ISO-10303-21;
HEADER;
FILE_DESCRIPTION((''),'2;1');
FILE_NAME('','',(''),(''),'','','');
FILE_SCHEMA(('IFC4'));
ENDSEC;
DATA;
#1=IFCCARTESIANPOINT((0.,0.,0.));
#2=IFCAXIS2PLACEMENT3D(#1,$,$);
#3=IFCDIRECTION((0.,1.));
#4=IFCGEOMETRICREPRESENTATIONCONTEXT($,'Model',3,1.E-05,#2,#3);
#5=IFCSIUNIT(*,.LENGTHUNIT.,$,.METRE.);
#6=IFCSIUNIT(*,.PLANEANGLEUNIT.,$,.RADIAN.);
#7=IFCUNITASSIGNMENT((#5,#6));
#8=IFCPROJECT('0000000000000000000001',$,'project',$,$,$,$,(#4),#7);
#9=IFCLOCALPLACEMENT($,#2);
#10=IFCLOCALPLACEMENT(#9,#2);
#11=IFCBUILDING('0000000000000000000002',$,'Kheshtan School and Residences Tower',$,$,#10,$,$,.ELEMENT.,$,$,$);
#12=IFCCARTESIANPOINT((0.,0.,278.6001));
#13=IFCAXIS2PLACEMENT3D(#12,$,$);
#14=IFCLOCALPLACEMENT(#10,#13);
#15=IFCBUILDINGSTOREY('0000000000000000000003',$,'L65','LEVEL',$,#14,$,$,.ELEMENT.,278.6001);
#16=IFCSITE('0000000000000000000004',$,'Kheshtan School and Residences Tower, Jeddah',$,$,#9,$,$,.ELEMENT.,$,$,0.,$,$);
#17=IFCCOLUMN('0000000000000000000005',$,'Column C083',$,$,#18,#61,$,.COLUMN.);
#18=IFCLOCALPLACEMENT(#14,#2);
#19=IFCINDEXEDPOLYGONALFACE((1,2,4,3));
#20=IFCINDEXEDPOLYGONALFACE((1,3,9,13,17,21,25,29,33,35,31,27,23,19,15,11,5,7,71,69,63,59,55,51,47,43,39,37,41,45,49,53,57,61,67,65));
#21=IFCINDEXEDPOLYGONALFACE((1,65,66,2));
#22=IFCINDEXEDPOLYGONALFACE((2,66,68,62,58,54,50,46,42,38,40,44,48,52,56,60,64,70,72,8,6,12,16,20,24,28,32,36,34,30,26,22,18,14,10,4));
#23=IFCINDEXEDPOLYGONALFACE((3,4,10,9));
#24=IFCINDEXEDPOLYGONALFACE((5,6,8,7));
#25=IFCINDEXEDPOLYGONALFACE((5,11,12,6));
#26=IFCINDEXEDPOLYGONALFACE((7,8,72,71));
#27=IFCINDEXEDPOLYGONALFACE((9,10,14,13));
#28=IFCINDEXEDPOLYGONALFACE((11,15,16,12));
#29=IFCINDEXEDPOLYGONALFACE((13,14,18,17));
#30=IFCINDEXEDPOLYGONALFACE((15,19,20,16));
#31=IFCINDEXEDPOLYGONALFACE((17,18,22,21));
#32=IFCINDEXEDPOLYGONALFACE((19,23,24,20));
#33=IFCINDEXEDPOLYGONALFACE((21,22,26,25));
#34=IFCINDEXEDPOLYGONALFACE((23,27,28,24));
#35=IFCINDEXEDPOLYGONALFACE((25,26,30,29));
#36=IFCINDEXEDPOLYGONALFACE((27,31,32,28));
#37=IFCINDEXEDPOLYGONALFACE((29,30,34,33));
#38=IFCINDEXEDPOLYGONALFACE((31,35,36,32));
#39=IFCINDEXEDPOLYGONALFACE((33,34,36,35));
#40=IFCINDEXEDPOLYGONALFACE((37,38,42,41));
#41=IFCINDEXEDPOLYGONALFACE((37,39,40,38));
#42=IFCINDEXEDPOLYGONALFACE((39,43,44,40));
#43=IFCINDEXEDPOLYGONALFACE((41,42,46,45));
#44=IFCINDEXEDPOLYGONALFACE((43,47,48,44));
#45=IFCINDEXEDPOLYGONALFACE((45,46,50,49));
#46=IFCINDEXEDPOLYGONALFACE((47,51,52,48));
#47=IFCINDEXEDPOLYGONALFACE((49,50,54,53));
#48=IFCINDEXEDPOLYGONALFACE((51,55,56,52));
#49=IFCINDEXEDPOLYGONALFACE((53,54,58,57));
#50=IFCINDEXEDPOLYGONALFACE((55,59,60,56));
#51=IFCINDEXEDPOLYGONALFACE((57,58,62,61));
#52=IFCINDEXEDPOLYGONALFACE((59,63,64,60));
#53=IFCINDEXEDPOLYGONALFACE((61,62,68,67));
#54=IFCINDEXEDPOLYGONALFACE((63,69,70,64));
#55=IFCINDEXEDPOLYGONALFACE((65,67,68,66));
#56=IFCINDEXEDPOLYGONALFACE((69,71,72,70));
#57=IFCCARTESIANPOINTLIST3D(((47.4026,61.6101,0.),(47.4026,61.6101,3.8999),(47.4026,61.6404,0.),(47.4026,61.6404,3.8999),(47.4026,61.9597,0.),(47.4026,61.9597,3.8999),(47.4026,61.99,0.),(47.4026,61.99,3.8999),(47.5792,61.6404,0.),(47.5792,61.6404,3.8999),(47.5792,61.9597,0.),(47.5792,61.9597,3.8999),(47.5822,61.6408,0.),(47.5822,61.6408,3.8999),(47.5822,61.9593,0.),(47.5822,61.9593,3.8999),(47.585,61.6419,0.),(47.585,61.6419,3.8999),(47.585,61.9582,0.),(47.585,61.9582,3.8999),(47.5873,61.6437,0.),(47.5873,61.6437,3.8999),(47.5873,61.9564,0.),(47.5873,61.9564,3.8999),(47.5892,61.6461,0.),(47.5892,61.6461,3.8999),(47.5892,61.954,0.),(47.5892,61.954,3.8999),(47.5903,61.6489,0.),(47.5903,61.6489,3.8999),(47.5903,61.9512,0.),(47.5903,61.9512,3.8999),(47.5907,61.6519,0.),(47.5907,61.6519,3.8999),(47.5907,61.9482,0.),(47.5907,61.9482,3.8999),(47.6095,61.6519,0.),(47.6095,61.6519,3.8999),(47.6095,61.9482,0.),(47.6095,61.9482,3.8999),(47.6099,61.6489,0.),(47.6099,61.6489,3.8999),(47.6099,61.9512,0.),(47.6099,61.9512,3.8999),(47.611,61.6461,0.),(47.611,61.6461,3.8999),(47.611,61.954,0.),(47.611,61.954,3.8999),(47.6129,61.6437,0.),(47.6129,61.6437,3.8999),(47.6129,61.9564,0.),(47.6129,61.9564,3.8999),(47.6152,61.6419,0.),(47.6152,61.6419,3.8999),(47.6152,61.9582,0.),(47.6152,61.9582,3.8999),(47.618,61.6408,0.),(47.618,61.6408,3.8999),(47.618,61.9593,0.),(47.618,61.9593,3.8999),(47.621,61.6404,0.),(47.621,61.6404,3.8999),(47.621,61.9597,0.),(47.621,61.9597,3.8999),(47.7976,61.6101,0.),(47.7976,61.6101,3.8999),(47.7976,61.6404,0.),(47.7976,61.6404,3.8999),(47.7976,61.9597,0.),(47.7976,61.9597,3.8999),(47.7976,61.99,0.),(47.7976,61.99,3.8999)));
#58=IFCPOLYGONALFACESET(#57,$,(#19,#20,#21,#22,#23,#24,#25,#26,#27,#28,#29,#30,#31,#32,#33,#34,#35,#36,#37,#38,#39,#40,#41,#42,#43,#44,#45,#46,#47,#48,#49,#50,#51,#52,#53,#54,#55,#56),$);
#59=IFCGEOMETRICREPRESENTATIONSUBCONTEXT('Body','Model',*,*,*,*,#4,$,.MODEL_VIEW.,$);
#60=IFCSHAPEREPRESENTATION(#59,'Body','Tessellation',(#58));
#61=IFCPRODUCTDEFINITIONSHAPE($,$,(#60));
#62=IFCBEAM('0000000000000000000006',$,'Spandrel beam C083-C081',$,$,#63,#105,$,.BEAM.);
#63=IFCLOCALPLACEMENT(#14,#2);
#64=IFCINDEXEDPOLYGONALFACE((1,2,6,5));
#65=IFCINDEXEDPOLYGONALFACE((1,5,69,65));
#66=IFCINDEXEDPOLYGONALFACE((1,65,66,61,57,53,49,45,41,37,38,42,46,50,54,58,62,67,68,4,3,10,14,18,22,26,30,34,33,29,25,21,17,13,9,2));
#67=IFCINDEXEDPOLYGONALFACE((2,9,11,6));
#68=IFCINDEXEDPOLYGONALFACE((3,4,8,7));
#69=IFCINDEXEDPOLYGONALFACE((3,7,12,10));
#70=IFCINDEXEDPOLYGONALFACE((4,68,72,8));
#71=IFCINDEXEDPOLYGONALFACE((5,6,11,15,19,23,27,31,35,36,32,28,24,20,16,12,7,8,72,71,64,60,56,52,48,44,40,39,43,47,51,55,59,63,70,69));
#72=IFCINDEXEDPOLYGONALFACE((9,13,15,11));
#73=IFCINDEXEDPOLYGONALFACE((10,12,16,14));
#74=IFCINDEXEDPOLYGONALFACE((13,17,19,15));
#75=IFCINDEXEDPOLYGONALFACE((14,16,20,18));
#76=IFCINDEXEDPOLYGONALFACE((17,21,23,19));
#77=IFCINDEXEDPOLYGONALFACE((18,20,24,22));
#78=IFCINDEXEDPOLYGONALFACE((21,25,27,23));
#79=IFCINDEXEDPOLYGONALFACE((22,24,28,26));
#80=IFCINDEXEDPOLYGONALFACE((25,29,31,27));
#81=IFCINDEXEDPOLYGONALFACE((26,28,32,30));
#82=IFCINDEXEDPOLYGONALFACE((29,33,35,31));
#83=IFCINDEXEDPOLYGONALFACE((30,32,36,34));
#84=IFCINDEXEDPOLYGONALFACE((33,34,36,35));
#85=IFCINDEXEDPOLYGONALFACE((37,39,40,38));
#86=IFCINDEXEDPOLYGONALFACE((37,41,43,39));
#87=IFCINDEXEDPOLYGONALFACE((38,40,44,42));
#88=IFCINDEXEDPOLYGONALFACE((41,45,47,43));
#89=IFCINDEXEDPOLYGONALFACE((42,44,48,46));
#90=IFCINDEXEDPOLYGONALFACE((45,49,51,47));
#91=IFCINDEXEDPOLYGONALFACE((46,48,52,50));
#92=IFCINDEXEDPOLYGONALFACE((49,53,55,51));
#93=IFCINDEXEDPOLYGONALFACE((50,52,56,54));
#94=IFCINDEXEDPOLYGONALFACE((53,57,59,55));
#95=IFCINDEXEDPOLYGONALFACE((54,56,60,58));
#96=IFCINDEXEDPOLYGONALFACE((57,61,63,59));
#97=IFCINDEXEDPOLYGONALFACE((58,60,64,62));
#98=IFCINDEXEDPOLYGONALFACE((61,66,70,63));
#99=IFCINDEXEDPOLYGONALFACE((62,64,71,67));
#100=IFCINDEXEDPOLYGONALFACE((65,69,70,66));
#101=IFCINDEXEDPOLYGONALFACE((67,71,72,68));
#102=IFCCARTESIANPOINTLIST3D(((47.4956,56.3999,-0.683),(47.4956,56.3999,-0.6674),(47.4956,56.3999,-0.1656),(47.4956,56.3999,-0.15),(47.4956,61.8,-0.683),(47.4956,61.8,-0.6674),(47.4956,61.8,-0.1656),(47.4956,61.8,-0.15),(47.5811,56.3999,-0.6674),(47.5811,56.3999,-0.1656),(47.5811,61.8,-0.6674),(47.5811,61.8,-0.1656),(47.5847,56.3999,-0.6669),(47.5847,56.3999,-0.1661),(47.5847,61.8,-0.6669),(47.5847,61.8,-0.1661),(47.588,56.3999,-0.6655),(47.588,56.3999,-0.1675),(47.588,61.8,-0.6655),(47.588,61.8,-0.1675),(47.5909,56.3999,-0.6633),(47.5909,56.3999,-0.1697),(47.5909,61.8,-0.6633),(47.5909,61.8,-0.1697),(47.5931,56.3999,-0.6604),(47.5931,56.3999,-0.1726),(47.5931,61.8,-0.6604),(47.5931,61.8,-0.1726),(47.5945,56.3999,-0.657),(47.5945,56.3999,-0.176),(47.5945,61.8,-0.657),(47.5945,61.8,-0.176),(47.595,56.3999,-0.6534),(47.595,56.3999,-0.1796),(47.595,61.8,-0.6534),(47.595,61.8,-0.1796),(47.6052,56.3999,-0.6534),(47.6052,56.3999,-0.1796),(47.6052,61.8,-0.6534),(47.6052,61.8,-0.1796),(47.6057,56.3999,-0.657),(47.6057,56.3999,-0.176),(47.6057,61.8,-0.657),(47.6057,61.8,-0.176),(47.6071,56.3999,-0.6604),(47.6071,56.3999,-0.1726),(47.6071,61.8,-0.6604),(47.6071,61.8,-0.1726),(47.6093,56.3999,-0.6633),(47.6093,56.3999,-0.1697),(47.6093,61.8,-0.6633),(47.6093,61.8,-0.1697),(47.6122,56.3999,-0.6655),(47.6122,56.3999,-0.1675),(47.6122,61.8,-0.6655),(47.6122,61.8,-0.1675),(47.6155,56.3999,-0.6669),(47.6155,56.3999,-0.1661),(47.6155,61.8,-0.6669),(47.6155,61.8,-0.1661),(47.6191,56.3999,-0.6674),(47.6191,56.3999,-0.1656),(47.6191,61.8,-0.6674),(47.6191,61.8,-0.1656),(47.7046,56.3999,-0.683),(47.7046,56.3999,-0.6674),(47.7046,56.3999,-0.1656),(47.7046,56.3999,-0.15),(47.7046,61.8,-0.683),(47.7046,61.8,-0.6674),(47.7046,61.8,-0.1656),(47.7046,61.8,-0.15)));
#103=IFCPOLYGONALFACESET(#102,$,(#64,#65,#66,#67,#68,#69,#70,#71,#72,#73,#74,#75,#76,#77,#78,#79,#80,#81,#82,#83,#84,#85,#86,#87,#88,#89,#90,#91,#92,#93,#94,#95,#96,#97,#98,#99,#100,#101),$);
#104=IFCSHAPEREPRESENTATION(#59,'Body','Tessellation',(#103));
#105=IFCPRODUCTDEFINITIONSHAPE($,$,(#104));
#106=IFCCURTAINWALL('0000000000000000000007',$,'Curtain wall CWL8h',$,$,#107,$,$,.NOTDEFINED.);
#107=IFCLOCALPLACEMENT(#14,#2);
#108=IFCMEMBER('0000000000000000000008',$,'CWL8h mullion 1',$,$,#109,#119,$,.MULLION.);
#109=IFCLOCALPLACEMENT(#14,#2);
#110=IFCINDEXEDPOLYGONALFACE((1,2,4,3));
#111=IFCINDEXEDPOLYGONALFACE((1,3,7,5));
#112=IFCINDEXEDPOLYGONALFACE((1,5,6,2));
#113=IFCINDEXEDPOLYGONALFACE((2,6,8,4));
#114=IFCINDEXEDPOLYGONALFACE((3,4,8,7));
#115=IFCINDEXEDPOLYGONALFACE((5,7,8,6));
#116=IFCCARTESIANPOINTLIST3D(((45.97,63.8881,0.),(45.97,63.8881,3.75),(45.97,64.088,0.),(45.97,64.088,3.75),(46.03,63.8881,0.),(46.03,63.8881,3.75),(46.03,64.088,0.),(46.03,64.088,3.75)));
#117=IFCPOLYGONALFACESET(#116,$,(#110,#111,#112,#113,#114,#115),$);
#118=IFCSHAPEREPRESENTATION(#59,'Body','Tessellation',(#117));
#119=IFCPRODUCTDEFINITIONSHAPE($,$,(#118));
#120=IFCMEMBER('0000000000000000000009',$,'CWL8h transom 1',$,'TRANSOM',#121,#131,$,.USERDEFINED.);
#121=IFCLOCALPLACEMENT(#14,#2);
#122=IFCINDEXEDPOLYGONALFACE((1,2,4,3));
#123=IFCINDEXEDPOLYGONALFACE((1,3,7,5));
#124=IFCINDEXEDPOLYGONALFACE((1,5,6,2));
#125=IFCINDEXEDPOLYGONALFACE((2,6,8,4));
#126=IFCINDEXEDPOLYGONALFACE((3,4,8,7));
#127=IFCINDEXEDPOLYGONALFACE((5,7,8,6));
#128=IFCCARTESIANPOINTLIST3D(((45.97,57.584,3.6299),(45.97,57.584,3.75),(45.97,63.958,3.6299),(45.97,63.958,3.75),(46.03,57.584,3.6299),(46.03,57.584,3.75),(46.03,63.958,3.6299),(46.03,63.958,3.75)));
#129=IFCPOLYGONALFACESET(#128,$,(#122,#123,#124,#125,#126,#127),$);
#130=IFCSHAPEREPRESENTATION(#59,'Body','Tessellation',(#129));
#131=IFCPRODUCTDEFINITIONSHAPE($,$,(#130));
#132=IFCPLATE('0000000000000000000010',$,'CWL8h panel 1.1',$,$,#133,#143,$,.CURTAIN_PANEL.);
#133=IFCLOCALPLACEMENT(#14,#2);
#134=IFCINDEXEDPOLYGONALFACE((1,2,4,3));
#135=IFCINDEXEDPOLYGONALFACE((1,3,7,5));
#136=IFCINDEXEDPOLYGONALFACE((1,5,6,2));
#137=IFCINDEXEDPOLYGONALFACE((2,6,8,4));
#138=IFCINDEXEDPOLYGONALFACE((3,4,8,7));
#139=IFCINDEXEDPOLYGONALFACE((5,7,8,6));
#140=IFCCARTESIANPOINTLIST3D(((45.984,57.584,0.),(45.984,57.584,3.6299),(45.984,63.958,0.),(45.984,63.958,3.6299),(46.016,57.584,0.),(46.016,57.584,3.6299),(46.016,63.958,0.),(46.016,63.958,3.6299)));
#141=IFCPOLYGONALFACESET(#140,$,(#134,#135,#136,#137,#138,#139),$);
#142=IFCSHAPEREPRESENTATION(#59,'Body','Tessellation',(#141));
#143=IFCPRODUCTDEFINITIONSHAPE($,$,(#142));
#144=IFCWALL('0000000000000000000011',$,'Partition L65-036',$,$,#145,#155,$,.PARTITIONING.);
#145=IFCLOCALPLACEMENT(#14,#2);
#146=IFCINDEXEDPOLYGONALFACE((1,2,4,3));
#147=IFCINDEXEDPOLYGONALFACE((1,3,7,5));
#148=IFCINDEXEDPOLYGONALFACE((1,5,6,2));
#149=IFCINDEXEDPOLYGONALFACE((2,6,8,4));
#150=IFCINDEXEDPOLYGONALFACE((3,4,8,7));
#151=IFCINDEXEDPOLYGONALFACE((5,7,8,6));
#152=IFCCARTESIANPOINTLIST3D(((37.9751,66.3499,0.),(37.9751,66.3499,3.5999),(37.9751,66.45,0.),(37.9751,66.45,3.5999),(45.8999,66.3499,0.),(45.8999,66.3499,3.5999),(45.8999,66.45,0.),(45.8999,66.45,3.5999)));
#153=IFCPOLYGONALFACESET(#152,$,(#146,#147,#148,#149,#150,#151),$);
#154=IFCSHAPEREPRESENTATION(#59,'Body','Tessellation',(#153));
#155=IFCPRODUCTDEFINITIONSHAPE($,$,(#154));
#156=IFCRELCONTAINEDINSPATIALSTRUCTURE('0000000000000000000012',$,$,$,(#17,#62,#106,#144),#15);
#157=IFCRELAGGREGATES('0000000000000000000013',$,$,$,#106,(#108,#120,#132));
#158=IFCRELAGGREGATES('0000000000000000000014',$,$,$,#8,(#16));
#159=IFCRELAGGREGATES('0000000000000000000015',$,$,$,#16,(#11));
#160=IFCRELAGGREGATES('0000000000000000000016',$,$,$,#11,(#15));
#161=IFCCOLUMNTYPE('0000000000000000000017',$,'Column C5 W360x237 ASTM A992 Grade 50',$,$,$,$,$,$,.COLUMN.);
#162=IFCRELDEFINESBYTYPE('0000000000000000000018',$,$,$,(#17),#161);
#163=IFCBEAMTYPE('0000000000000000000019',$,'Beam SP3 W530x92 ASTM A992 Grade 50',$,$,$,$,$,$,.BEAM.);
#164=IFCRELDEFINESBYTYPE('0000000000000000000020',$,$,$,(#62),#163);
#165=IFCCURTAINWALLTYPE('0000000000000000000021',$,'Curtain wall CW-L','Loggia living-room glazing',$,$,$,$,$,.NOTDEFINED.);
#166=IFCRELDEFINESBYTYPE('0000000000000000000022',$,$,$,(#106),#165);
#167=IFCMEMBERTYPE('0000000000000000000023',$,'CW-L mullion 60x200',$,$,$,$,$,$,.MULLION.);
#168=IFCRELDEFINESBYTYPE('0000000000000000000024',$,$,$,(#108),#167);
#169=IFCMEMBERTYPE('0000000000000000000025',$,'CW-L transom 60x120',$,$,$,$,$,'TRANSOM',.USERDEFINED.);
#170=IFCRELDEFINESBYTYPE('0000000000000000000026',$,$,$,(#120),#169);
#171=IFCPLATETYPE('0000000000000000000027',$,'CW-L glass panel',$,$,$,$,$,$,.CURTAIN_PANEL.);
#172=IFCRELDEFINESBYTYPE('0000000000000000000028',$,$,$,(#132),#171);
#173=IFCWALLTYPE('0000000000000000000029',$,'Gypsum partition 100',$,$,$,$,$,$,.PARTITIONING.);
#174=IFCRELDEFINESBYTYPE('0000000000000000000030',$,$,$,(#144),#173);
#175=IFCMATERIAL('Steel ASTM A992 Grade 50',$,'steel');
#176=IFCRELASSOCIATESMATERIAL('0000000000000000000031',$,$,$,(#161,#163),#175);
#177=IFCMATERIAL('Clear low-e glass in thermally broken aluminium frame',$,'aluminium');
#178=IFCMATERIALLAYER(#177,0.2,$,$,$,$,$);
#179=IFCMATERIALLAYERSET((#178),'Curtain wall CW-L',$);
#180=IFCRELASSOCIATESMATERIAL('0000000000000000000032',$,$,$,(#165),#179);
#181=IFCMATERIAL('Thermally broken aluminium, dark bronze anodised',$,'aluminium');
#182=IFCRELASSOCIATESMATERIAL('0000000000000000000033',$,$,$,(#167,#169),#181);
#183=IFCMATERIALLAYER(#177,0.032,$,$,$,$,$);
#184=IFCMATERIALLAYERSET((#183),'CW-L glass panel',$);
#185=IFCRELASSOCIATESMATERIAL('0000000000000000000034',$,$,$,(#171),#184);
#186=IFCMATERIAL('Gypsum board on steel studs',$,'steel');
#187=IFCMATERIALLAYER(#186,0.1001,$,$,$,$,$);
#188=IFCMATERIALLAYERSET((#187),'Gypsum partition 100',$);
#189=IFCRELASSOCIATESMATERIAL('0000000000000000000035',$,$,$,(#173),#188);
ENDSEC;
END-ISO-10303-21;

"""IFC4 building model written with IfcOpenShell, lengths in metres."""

from ifc_helpers import new_model, si_unit, direction, frame, frame_2d, origin, origin_2d, place, context, subcontext, project, spatial, rectangle, i_section, extrude, material, layer, layer_set, material_profile, profile_set, type_object, element, aggregate, save


model = new_model("IFC4")

# Units and contexts
model_context = context("Model", 3, precision=1e-05, world=origin(), true_north=direction((0.0, 1.0)))
body_context = subcontext(model_context, "Body", "Model", "MODEL_VIEW")
ifc_project = project(units=[si_unit("LENGTHUNIT", "METRE"), si_unit("PLANEANGLEUNIT", "RADIAN")], contexts=[model_context])

# Site, building, storey
site_placement = place(None, origin())
site = spatial("IfcSite", under=ifc_project, at=site_placement, Name="Kheshtan School and Residences Tower, Jeddah", CompositionType="ELEMENT", RefElevation=0.0)
building_placement = place(site_placement, origin())
building = spatial("IfcBuilding", under=site, at=building_placement, Name="Kheshtan School and Residences Tower", CompositionType="ELEMENT")
storey_placement = place(building_placement, frame((0.0, 0.0, 278.6001)))
storey = spatial("IfcBuildingStorey", under=building, at=storey_placement, Name="L65", Description="LEVEL", CompositionType="ELEMENT", Elevation=278.6001)

# Column
ifc_material_1 = material(Name="Steel ASTM A992 Grade 50", Category="steel")
ifc_material_profile_1 = material_profile(ifc_material_1, i_section(OverallWidth=0.395, OverallDepth=0.3799, WebThickness=0.0188, FlangeThickness=0.0303, FilletRadius=0.0115, at=origin_2d()), Name="W360x237")
ifc_profile_set_1 = profile_set([ifc_material_profile_1], Name="Steel ASTM A992 Grade 50")
column_type = type_object("IfcColumnType", Name="Column C5 W360x237 ASTM A992 Grade 50", PredefinedType="COLUMN", material=ifc_profile_set_1)
column_placement = place(storey_placement, frame((47.6001, 61.8, 0.0), z_axis=(0.0, 0.0, 1.0), x_axis=(1.0, 0.0, 0.0)))
element("IfcColumn", 1, at=column_placement, inside=storey, type_object=column_type, Name="Column C083", PredefinedType="COLUMN", context=body_context, shape_type="SweptSolid", body=[
    extrude(i_section(OverallWidth=0.395, OverallDepth=0.3799, WebThickness=0.0188, FlangeThickness=0.0303, FilletRadius=0.0115, at=origin_2d()), origin(), (0.0, 0.0, 1.0), 3.8999),
])

# Beam
ifc_material_profile_2 = material_profile(ifc_material_1, i_section(OverallWidth=0.209, OverallDepth=0.533, WebThickness=0.0103, FlangeThickness=0.0156, FilletRadius=0.0139, at=origin_2d()), Name="W530x92")
ifc_profile_set_2 = profile_set([ifc_material_profile_2], Name="Steel ASTM A992 Grade 50")
beam_type = type_object("IfcBeamType", Name="Beam SP3 W530x92 ASTM A992 Grade 50", PredefinedType="BEAM", material=ifc_profile_set_2)
beam_placement = place(storey_placement, frame((47.6001, 61.8, -0.4165), z_axis=(0.0, -1.0, 0.0), x_axis=(1.0, 0.0, 0.0)))
element("IfcBeam", 2, at=beam_placement, inside=storey, type_object=beam_type, Name="Spandrel beam C083-C081", PredefinedType="BEAM", context=body_context, shape_type="SweptSolid", body=[
    extrude(i_section(OverallWidth=0.209, OverallDepth=0.533, WebThickness=0.0103, FlangeThickness=0.0156, FilletRadius=0.0139, at=origin_2d()), origin(), (0.0, 0.0, 1.0), 5.4001),
])

# Curtain wall, members, plate
ifc_material_2 = material(Name="Clear low-e glass in thermally broken aluminium frame", Category="aluminium")
ifc_layer_1 = layer(ifc_material_2, 0.2)
ifc_layer_set_1 = layer_set([ifc_layer_1], Name="Curtain wall CW-L")
curtain_wall_type = type_object("IfcCurtainWallType", Name="Curtain wall CW-L", Description="Loggia living-room glazing", PredefinedType="NOTDEFINED", material=ifc_layer_set_1)
curtain_wall_placement = place(storey_placement, origin())
curtain_wall = element("IfcCurtainWall", 3, at=curtain_wall_placement, inside=storey, type_object=curtain_wall_type, Name="Curtain wall CWL8h", PredefinedType="NOTDEFINED")
ifc_material_3 = material(Name="Thermally broken aluminium, dark bronze anodised", Category="aluminium")
ifc_material_profile_3 = material_profile(ifc_material_3, rectangle(XDim=0.0601, YDim=0.2, at=origin_2d()), Name="CW-L mullion 60x200")
ifc_profile_set_3 = profile_set([ifc_material_profile_3], Name="Thermally broken aluminium, dark bronze anodised")
member_type_1 = type_object("IfcMemberType", Name="CW-L mullion 60x200", PredefinedType="MULLION", material=ifc_profile_set_3)
member_1_placement = place(storey_placement, frame((46.0, 63.988, 0.0), z_axis=(0.0, 0.0, 1.0), x_axis=(1.0, 0.0, 0.0)))
member_1 = element("IfcMember", 4, at=member_1_placement, type_object=member_type_1, Name="CWL8h mullion 1", PredefinedType="MULLION", context=body_context, shape_type="SweptSolid", body=[
    extrude(rectangle(XDim=0.0601, YDim=0.2, at=origin_2d()), origin(), (0.0, 0.0, 1.0), 3.75),
])
ifc_material_profile_4 = material_profile(ifc_material_3, rectangle(XDim=0.0601, YDim=0.1201, at=origin_2d()), Name="CW-L transom 60x120")
ifc_profile_set_4 = profile_set([ifc_material_profile_4], Name="Thermally broken aluminium, dark bronze anodised")
member_type_2 = type_object("IfcMemberType", Name="CW-L transom 60x120", ElementType="TRANSOM", PredefinedType="USERDEFINED", material=ifc_profile_set_4)
member_2_placement = place(storey_placement, frame((46.0, 63.958, 3.6899), z_axis=(0.0, -1.0, 0.0), x_axis=(1.0, 0.0, 0.0)))
member_2 = element("IfcMember", 5, at=member_2_placement, type_object=member_type_2, Name="CWL8h transom 1", ObjectType="TRANSOM", PredefinedType="USERDEFINED", context=body_context, shape_type="SweptSolid", body=[
    extrude(rectangle(XDim=0.0601, YDim=0.1201, at=origin_2d()), origin(), (0.0, 0.0, 1.0), 6.374),
])
ifc_layer_2 = layer(ifc_material_2, 0.032)
ifc_layer_set_2 = layer_set([ifc_layer_2], Name="CW-L glass panel")
plate_type = type_object("IfcPlateType", Name="CW-L glass panel", PredefinedType="CURTAIN_PANEL", material=ifc_layer_set_2)
plate_placement = place(storey_placement, frame((46.0, 60.771, 0.0), z_axis=(0.0, 0.0, 1.0), x_axis=(0.0, -1.0, 0.0)))
plate = element("IfcPlate", 6, at=plate_placement, type_object=plate_type, Name="CWL8h panel 1.1", PredefinedType="CURTAIN_PANEL", context=body_context, shape_type="SweptSolid", body=[
    extrude(rectangle(XDim=6.374, YDim=0.032, at=origin_2d()), origin(), (0.0, 0.0, 1.0), 3.6299),
])
aggregate(curtain_wall, [member_1, member_2, plate])

# Wall
ifc_material_4 = material(Name="Gypsum board on steel studs", Category="steel")
ifc_layer_3 = layer(ifc_material_4, 0.1001)
ifc_layer_set_3 = layer_set([ifc_layer_3], Name="Gypsum partition 100")
wall_type_1 = type_object("IfcWallType", Name="Gypsum partition 100", PredefinedType="PARTITIONING", material=ifc_layer_set_3)
wall_1_placement = place(storey_placement, frame((37.9751, 66.3999, 0.0), z_axis=(0.0, 0.0, 1.0), x_axis=(1.0, 0.0, 0.0)))
element("IfcWall", 7, at=wall_1_placement, inside=storey, type_object=wall_type_1, Name="Partition L65-036", PredefinedType="PARTITIONING", context=body_context, shape_type="SweptSolid", body=[
    extrude(rectangle(XDim=7.9248, YDim=0.1001, at=frame_2d((3.9624, 0.0))), origin(), (0.0, 0.0, 1.0), 3.5999),
])

save(model, "model.ifc")
